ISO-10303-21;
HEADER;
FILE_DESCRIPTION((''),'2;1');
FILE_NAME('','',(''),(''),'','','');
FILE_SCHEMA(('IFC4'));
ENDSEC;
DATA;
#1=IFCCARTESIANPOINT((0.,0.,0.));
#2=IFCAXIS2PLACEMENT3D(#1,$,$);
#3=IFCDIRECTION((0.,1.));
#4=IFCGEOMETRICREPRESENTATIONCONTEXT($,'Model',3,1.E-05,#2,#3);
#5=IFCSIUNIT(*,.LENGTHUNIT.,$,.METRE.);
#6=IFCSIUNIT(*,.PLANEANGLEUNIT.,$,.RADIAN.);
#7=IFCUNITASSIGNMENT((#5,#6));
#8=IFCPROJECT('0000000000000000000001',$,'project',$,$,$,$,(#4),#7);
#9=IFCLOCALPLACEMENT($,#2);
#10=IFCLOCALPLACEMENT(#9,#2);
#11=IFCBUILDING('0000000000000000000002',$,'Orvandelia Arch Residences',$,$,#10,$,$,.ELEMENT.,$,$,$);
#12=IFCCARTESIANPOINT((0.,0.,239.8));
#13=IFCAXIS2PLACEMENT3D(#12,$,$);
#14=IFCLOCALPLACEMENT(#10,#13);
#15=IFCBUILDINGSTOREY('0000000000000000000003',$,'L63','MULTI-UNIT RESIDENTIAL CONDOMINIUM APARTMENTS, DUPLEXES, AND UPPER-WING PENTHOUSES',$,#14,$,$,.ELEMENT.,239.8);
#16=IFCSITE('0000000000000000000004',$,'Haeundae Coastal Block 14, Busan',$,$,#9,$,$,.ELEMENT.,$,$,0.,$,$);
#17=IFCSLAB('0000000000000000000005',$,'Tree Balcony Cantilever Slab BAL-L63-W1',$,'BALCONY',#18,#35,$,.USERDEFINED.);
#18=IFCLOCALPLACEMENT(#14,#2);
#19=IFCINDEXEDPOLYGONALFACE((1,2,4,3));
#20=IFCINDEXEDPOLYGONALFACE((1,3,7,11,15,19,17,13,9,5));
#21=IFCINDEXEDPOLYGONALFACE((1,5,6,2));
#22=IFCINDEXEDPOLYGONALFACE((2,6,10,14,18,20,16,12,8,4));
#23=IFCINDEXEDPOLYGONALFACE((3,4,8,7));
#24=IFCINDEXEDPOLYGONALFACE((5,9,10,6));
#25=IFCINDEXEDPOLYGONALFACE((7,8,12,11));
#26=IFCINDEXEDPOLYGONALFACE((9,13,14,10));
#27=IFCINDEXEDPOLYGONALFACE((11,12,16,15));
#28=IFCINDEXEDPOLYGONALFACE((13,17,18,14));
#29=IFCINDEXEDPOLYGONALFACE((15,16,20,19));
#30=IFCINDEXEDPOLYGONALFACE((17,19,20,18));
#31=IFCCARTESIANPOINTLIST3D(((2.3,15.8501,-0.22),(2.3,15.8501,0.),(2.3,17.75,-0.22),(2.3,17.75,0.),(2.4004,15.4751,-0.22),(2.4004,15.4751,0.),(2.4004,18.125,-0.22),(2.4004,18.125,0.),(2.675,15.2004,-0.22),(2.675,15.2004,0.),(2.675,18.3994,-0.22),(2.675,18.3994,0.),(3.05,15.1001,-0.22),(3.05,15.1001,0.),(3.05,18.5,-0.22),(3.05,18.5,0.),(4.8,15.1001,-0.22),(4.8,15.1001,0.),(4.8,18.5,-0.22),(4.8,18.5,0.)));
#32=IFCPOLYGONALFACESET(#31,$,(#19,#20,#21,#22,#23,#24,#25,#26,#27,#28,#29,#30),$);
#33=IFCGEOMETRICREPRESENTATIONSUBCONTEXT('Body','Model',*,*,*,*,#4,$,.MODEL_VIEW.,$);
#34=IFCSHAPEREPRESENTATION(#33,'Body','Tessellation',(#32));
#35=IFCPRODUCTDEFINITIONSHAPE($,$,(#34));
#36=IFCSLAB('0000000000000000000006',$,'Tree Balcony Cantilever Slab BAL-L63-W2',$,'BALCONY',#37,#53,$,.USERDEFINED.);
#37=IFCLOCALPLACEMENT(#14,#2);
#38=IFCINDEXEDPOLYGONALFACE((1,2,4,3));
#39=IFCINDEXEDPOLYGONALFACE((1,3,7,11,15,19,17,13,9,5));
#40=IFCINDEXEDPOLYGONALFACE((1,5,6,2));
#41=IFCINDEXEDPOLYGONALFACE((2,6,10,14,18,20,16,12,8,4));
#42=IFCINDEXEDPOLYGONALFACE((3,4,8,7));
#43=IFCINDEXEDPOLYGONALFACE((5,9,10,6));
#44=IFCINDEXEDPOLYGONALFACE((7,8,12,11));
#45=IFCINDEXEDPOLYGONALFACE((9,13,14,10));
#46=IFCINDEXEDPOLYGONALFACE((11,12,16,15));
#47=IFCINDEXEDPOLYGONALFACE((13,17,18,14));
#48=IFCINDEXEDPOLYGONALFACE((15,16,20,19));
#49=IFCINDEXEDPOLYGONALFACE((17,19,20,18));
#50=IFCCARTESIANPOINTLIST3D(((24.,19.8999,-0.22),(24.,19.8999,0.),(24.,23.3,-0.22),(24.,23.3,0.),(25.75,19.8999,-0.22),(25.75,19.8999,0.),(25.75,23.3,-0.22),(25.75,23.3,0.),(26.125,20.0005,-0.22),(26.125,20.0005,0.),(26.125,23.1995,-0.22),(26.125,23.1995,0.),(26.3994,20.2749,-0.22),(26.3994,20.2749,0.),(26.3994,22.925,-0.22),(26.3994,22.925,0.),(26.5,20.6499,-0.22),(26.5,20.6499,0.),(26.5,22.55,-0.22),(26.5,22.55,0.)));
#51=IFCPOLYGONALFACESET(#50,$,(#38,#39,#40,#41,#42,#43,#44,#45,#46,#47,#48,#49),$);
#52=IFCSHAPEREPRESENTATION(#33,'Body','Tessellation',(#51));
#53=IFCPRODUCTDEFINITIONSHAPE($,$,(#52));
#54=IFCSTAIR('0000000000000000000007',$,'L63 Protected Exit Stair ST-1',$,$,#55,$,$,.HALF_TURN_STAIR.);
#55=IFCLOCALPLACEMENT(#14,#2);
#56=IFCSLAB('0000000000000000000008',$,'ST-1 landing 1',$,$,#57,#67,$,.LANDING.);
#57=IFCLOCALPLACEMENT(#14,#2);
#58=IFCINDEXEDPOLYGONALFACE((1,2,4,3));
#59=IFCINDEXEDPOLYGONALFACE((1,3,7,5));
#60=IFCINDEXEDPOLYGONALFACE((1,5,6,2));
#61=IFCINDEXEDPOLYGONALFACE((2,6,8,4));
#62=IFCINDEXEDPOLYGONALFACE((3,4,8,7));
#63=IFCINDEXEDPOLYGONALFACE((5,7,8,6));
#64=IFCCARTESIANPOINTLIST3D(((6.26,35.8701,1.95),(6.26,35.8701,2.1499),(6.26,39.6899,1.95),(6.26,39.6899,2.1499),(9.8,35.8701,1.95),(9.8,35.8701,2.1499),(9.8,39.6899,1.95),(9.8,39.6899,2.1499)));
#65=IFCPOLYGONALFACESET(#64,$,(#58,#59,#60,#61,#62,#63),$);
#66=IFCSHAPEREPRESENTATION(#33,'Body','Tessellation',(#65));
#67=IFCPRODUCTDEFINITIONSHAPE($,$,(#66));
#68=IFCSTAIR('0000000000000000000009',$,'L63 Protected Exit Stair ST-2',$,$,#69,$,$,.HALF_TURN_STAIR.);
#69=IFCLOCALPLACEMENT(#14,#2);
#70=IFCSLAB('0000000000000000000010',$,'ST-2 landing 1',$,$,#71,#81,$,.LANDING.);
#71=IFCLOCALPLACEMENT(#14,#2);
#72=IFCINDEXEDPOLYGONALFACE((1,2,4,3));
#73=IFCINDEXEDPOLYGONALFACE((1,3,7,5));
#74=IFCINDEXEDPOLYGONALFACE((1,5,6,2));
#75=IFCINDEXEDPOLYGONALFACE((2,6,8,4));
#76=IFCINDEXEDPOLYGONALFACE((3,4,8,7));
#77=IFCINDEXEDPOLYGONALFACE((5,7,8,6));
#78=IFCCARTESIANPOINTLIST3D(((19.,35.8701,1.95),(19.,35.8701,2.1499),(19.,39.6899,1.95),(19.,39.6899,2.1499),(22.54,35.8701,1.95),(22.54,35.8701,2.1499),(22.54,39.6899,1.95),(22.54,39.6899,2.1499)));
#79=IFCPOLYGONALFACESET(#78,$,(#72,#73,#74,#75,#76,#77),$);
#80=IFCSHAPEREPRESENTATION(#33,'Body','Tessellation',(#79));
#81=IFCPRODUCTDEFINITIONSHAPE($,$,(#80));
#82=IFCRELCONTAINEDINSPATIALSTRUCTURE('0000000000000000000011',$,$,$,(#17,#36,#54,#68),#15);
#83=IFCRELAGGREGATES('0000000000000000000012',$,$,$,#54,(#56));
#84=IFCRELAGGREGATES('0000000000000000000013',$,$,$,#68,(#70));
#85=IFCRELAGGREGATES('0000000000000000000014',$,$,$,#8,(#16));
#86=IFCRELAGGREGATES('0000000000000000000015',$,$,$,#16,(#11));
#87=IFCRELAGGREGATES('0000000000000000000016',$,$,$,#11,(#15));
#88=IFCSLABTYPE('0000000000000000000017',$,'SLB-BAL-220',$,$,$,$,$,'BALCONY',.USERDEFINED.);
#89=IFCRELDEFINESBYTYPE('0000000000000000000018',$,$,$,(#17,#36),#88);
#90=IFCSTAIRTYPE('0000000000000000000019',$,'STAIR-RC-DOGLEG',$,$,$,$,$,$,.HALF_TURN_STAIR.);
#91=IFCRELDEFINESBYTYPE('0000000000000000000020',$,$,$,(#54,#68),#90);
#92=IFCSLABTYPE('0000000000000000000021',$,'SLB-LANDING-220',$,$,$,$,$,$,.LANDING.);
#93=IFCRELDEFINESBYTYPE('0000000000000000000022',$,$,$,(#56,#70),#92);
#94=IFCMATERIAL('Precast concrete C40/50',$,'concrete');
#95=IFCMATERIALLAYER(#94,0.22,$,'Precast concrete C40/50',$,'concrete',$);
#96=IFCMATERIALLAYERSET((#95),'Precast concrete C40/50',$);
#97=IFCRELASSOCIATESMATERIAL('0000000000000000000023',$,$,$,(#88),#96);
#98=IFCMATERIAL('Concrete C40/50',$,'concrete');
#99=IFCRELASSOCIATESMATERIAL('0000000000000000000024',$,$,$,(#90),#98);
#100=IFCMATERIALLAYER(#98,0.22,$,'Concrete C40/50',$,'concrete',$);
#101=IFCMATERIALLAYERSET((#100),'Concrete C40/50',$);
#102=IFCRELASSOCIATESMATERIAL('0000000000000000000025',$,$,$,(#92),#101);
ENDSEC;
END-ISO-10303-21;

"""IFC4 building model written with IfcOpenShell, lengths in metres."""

from ifc_helpers import new_model, si_unit, direction, frame, origin, place, context, subcontext, project, spatial, polyline, outline, extrude, material, layer, layer_set, type_object, element, aggregate, save


model = new_model("IFC4")

# Units and contexts
model_context = context("Model", 3, precision=1e-05, world=origin(), true_north=direction((0.0, 1.0)))
body_context = subcontext(model_context, "Body", "Model", "MODEL_VIEW")
ifc_project = project(units=[si_unit("LENGTHUNIT", "METRE"), si_unit("PLANEANGLEUNIT", "RADIAN")], contexts=[model_context])

# Site, building, storey
site_placement = place(None, origin())
site = spatial("IfcSite", under=ifc_project, at=site_placement, Name="Haeundae Coastal Block 14, Busan", CompositionType="ELEMENT", RefElevation=0.0)
building_placement = place(site_placement, origin())
building = spatial("IfcBuilding", under=site, at=building_placement, Name="Orvandelia Arch Residences", CompositionType="ELEMENT")
storey_placement = place(building_placement, frame((0.0, 0.0, 239.8)))
storey = spatial("IfcBuildingStorey", under=building, at=storey_placement, Name="L63", Description="MULTI-UNIT RESIDENTIAL CONDOMINIUM APARTMENTS, DUPLEXES, AND UPPER-WING PENTHOUSES", CompositionType="ELEMENT", Elevation=239.8)

# Slabs
ifc_material_1 = material(Name="Precast concrete C40/50", Category="concrete")
ifc_layer_1 = layer(ifc_material_1, 0.22, Name="Precast concrete C40/50", Category="concrete")
ifc_layer_set_1 = layer_set([ifc_layer_1], Name="Precast concrete C40/50")
slab_type_1 = type_object("IfcSlabType", Name="SLB-BAL-220", ElementType="BALCONY", PredefinedType="USERDEFINED", material=ifc_layer_set_1)
slab_1_placement = place(storey_placement, frame((0.0, 0.0, -0.22)))
element("IfcSlab", 1, at=slab_1_placement, inside=storey, type_object=slab_type_1, Name="Tree Balcony Cantilever Slab BAL-L63-W1", ObjectType="BALCONY", PredefinedType="USERDEFINED", context=body_context, shape_type="SweptSolid", body=[
    extrude(outline(polyline([(4.8, 15.1001), (4.8, 18.5), (3.05, 18.5), (2.675, 18.3994), (2.4004, 18.125), (2.3, 17.75), (2.3, 15.8501), (2.4004, 15.4751), (2.675, 15.2004), (3.05, 15.1001), (4.8, 15.1001)])), origin(), (0.0, 0.0, 1.0), 0.22),
])
slab_2_placement = place(storey_placement, frame((0.0, 0.0, -0.22)))
element("IfcSlab", 2, at=slab_2_placement, inside=storey, type_object=slab_type_1, Name="Tree Balcony Cantilever Slab BAL-L63-W2", ObjectType="BALCONY", PredefinedType="USERDEFINED", context=body_context, shape_type="SweptSolid", body=[
    extrude(outline(polyline([(24.0, 23.3), (24.0, 19.8999), (25.75, 19.8999), (26.125, 20.0005), (26.3994, 20.2749), (26.5, 20.6499), (26.5, 22.55), (26.3994, 22.925), (26.125, 23.1995), (25.75, 23.3), (24.0, 23.3)])), origin(), (0.0, 0.0, 1.0), 0.22),
])

# Stairs, slabs
ifc_material_2 = material(Name="Concrete C40/50", Category="concrete")
stair_type = type_object("IfcStairType", Name="STAIR-RC-DOGLEG", PredefinedType="HALF_TURN_STAIR", material=ifc_material_2)
stair_1_placement = place(storey_placement, origin())
stair_1 = element("IfcStair", 3, at=stair_1_placement, inside=storey, type_object=stair_type, Name="L63 Protected Exit Stair ST-1", PredefinedType="HALF_TURN_STAIR")
ifc_layer_2 = layer(ifc_material_2, 0.22, Name="Concrete C40/50", Category="concrete")
ifc_layer_set_2 = layer_set([ifc_layer_2], Name="Concrete C40/50")
slab_type_2 = type_object("IfcSlabType", Name="SLB-LANDING-220", PredefinedType="LANDING", material=ifc_layer_set_2)
slab_3_placement = place(storey_placement, frame((0.0, 0.0, 1.95)))
slab_3 = element("IfcSlab", 4, at=slab_3_placement, type_object=slab_type_2, Name="ST-1 landing 1", PredefinedType="LANDING", context=body_context, shape_type="SweptSolid", body=[
    extrude(outline(polyline([(9.8, 35.8701), (9.8, 39.6899), (6.26, 39.6899), (6.26, 35.8701), (9.8, 35.8701)])), origin(), (0.0, 0.0, 1.0), 0.2),
])
aggregate(stair_1, [slab_3])
stair_2_placement = place(storey_placement, origin())
stair_2 = element("IfcStair", 5, at=stair_2_placement, inside=storey, type_object=stair_type, Name="L63 Protected Exit Stair ST-2", PredefinedType="HALF_TURN_STAIR")
slab_4_placement = place(storey_placement, frame((0.0, 0.0, 1.95)))
slab_4 = element("IfcSlab", 6, at=slab_4_placement, type_object=slab_type_2, Name="ST-2 landing 1", PredefinedType="LANDING", context=body_context, shape_type="SweptSolid", body=[
    extrude(outline(polyline([(22.54, 35.8701), (22.54, 39.6899), (19.0, 39.6899), (19.0, 35.8701), (22.54, 35.8701)])), origin(), (0.0, 0.0, 1.0), 0.2),
])
aggregate(stair_2, [slab_4])

save(model, "model.ifc")
